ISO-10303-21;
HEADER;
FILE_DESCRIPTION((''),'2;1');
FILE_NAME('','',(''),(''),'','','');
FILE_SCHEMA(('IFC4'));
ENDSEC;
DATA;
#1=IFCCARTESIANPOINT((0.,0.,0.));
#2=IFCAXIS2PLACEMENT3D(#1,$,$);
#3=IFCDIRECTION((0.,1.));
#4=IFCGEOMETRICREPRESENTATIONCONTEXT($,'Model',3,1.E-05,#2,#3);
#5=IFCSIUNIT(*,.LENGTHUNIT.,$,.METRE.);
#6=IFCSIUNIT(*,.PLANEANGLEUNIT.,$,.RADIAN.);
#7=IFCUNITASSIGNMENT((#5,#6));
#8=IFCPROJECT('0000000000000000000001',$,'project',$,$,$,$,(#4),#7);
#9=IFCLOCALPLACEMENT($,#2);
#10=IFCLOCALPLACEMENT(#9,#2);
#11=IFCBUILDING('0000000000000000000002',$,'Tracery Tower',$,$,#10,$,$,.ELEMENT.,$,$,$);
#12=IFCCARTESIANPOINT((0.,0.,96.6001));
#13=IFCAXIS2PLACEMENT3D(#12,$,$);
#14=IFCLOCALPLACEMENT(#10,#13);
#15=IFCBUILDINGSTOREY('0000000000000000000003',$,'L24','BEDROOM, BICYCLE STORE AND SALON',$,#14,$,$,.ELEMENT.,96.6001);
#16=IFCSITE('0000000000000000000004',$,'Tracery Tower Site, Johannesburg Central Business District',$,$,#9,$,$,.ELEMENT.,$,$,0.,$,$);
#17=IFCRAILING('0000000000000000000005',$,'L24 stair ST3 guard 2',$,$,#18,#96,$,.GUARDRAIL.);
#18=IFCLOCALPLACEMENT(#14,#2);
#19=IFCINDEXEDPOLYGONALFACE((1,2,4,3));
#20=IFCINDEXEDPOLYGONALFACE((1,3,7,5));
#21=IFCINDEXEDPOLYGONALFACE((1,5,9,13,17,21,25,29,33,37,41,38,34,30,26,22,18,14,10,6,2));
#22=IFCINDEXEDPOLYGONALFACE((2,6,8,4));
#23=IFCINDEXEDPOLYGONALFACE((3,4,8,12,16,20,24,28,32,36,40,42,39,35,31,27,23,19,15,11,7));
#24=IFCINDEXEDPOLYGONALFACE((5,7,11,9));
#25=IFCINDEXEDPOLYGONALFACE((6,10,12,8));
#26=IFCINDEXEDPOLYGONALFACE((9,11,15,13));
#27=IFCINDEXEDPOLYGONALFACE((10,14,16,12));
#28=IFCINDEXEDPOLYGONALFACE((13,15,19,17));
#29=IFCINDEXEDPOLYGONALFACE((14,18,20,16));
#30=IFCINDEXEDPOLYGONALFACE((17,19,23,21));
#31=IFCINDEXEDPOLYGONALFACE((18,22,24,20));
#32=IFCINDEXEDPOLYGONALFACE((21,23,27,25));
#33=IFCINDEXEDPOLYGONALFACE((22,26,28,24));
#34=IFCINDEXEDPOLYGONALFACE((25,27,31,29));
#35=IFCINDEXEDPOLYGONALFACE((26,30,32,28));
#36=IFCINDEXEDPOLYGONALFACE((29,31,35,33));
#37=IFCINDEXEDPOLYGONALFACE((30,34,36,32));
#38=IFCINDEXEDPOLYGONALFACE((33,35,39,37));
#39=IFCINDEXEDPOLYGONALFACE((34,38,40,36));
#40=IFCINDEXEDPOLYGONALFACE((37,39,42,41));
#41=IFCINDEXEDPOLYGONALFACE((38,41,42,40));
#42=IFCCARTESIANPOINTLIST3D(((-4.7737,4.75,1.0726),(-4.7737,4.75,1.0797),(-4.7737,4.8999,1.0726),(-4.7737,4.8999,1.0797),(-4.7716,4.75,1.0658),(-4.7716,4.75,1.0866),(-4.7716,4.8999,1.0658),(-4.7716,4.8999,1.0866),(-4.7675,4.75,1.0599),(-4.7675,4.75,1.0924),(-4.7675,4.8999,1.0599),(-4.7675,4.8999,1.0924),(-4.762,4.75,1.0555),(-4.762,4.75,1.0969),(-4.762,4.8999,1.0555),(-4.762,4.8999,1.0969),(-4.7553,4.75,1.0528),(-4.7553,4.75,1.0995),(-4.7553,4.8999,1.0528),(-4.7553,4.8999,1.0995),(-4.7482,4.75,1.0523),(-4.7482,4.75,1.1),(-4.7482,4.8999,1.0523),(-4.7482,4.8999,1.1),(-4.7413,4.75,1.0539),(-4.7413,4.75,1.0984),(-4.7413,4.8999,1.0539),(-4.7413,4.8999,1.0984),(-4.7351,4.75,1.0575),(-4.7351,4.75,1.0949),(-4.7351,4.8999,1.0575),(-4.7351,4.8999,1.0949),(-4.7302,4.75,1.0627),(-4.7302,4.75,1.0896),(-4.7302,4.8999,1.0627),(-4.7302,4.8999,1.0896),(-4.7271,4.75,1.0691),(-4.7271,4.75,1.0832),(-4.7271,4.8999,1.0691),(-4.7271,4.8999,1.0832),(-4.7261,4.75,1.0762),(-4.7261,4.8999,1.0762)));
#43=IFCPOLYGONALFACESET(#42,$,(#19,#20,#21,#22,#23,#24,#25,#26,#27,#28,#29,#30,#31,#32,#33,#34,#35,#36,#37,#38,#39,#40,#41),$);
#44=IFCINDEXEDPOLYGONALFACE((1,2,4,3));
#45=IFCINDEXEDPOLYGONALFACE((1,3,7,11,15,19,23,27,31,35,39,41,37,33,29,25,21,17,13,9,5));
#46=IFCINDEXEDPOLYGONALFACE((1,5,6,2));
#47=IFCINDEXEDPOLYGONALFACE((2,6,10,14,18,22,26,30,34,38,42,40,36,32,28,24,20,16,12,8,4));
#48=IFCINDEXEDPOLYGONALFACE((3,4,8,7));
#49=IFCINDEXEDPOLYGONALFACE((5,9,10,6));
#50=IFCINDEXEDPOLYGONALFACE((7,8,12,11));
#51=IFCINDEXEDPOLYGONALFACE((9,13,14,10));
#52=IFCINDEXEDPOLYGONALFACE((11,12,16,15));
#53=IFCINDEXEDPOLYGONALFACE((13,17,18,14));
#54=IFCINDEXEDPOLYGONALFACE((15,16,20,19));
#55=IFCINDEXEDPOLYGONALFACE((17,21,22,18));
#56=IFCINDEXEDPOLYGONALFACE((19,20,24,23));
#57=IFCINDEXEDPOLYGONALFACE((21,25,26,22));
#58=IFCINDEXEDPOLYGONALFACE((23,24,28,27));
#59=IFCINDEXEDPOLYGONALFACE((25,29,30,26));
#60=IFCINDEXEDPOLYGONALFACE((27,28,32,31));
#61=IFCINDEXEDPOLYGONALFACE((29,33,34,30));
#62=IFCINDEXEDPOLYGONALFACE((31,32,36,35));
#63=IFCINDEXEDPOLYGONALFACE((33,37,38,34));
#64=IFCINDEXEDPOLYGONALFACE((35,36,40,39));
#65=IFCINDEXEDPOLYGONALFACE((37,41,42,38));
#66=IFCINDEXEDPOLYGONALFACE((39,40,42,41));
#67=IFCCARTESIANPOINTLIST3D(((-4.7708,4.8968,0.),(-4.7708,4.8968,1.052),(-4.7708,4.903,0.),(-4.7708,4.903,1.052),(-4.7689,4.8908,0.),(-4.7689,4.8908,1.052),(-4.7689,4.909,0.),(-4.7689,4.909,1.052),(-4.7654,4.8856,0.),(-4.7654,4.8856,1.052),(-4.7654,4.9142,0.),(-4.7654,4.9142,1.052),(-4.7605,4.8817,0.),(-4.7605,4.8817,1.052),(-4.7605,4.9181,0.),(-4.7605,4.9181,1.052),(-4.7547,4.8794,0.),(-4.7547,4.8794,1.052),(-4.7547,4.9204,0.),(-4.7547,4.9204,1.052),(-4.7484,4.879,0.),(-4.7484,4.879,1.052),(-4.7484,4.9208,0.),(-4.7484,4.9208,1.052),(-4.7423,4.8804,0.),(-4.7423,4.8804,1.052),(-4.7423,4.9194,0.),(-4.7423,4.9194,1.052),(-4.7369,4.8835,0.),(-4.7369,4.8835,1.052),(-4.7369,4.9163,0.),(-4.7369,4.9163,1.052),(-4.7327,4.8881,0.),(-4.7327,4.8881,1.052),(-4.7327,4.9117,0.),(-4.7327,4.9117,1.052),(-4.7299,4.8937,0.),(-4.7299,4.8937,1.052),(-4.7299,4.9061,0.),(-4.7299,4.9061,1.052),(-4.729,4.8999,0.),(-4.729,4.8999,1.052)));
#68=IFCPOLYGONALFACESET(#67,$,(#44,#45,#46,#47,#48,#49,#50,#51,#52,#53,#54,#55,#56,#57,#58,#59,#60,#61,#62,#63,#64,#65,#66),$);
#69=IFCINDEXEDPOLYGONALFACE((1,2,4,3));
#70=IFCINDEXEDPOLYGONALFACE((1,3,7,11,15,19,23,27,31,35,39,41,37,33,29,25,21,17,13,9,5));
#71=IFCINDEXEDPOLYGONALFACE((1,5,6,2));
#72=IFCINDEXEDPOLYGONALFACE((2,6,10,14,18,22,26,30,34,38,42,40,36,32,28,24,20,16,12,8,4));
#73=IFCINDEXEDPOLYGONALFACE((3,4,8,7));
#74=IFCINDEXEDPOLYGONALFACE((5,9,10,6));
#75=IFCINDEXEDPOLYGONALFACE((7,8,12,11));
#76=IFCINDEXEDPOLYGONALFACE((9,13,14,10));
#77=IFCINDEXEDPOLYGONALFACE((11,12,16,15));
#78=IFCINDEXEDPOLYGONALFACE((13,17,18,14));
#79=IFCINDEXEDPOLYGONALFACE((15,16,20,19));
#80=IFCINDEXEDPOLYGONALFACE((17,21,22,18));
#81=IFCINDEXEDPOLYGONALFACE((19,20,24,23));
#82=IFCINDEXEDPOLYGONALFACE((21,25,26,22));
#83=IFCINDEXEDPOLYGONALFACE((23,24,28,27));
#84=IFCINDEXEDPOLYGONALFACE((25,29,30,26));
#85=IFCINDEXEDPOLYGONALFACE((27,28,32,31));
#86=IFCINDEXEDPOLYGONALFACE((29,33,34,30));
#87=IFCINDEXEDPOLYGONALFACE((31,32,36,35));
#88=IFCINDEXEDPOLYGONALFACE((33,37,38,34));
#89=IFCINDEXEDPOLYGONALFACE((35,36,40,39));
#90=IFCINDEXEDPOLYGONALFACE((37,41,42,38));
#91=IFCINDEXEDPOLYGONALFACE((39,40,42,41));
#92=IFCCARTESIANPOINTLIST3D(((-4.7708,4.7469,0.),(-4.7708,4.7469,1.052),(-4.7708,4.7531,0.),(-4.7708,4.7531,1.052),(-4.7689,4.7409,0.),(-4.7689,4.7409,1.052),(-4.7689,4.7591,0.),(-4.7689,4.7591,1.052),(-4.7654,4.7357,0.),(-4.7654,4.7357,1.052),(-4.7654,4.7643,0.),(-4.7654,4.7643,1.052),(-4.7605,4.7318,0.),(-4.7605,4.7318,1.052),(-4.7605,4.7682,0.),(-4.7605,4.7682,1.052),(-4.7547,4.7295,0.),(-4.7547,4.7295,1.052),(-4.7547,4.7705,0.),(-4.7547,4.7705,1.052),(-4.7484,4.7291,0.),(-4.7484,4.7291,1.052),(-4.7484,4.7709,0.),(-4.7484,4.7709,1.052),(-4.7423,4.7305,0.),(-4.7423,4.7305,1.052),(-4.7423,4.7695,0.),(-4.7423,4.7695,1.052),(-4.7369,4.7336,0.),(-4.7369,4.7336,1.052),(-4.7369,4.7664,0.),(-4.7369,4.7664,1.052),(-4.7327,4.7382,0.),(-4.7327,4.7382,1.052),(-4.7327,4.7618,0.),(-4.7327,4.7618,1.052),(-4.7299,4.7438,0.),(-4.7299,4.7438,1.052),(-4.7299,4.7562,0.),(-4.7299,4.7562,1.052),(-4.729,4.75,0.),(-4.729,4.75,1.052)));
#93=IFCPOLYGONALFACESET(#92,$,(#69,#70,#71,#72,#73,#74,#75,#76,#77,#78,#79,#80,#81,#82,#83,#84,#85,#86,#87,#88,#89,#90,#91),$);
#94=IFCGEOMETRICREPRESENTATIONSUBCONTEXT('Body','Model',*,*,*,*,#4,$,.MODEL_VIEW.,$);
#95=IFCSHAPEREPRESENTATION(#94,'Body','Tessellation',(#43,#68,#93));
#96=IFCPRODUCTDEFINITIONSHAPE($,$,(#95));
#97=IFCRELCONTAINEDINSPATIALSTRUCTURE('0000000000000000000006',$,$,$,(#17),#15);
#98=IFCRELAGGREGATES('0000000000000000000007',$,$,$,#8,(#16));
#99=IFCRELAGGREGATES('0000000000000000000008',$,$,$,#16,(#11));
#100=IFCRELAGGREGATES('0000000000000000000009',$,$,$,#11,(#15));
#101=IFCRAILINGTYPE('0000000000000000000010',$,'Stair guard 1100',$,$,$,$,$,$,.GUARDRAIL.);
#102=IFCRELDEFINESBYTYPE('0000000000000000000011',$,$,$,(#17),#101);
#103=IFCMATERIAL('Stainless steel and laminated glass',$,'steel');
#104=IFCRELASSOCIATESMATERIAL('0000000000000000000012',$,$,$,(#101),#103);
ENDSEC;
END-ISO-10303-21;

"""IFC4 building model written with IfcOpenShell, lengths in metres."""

from ifc_helpers import new_model, si_unit, direction, frame, origin, origin_2d, place, context, subcontext, project, spatial, circle, extrude, material, type_object, element, save


model = new_model("IFC4")

# Units and contexts
model_context = context("Model", 3, precision=1e-05, world=origin(), true_north=direction((0.0, 1.0)))
body_context = subcontext(model_context, "Body", "Model", "MODEL_VIEW")
ifc_project = project(units=[si_unit("LENGTHUNIT", "METRE"), si_unit("PLANEANGLEUNIT", "RADIAN")], contexts=[model_context])

# Site, building, storey
site_placement = place(None, origin())
site = spatial("IfcSite", under=ifc_project, at=site_placement, Name="Tracery Tower Site, Johannesburg Central Business District", CompositionType="ELEMENT", RefElevation=0.0)
building_placement = place(site_placement, origin())
building = spatial("IfcBuilding", under=site, at=building_placement, Name="Tracery Tower", CompositionType="ELEMENT")
storey_placement = place(building_placement, frame((0.0, 0.0, 96.6001)))
storey = spatial("IfcBuildingStorey", under=building, at=storey_placement, Name="L24", Description="BEDROOM, BICYCLE STORE AND SALON", CompositionType="ELEMENT", Elevation=96.6001)

# Railing
ifc_material_1 = material(Name="Stainless steel and laminated glass", Category="steel")
railing_type_1 = type_object("IfcRailingType", Name="Stair guard 1100", PredefinedType="GUARDRAIL", material=ifc_material_1)
railing_1_placement = place(storey_placement, frame((-4.75, 4.8999, 0.0)))
element("IfcRailing", 1, at=railing_1_placement, inside=storey, type_object=railing_type_1, Name="L24 stair ST3 guard 2", PredefinedType="GUARDRAIL", context=body_context, shape_type="SweptSolid", body=[
    extrude(circle(Radius=0.0239, at=origin_2d()), frame((0.0, 0.0, 1.0762), z_axis=(0.0, -1.0, 0.0), x_axis=(1.0, 0.0, 0.0)), (0.0, 0.0, 1.0), 0.1499),
    extrude(circle(Radius=0.021, at=origin_2d()), origin(), (0.0, 0.0, 1.0), 1.052),
    extrude(circle(Radius=0.021, at=origin_2d()), frame((0.0, -0.1499, 0.0)), (0.0, 0.0, 1.0), 1.052),
])

save(model, "model.ifc")
